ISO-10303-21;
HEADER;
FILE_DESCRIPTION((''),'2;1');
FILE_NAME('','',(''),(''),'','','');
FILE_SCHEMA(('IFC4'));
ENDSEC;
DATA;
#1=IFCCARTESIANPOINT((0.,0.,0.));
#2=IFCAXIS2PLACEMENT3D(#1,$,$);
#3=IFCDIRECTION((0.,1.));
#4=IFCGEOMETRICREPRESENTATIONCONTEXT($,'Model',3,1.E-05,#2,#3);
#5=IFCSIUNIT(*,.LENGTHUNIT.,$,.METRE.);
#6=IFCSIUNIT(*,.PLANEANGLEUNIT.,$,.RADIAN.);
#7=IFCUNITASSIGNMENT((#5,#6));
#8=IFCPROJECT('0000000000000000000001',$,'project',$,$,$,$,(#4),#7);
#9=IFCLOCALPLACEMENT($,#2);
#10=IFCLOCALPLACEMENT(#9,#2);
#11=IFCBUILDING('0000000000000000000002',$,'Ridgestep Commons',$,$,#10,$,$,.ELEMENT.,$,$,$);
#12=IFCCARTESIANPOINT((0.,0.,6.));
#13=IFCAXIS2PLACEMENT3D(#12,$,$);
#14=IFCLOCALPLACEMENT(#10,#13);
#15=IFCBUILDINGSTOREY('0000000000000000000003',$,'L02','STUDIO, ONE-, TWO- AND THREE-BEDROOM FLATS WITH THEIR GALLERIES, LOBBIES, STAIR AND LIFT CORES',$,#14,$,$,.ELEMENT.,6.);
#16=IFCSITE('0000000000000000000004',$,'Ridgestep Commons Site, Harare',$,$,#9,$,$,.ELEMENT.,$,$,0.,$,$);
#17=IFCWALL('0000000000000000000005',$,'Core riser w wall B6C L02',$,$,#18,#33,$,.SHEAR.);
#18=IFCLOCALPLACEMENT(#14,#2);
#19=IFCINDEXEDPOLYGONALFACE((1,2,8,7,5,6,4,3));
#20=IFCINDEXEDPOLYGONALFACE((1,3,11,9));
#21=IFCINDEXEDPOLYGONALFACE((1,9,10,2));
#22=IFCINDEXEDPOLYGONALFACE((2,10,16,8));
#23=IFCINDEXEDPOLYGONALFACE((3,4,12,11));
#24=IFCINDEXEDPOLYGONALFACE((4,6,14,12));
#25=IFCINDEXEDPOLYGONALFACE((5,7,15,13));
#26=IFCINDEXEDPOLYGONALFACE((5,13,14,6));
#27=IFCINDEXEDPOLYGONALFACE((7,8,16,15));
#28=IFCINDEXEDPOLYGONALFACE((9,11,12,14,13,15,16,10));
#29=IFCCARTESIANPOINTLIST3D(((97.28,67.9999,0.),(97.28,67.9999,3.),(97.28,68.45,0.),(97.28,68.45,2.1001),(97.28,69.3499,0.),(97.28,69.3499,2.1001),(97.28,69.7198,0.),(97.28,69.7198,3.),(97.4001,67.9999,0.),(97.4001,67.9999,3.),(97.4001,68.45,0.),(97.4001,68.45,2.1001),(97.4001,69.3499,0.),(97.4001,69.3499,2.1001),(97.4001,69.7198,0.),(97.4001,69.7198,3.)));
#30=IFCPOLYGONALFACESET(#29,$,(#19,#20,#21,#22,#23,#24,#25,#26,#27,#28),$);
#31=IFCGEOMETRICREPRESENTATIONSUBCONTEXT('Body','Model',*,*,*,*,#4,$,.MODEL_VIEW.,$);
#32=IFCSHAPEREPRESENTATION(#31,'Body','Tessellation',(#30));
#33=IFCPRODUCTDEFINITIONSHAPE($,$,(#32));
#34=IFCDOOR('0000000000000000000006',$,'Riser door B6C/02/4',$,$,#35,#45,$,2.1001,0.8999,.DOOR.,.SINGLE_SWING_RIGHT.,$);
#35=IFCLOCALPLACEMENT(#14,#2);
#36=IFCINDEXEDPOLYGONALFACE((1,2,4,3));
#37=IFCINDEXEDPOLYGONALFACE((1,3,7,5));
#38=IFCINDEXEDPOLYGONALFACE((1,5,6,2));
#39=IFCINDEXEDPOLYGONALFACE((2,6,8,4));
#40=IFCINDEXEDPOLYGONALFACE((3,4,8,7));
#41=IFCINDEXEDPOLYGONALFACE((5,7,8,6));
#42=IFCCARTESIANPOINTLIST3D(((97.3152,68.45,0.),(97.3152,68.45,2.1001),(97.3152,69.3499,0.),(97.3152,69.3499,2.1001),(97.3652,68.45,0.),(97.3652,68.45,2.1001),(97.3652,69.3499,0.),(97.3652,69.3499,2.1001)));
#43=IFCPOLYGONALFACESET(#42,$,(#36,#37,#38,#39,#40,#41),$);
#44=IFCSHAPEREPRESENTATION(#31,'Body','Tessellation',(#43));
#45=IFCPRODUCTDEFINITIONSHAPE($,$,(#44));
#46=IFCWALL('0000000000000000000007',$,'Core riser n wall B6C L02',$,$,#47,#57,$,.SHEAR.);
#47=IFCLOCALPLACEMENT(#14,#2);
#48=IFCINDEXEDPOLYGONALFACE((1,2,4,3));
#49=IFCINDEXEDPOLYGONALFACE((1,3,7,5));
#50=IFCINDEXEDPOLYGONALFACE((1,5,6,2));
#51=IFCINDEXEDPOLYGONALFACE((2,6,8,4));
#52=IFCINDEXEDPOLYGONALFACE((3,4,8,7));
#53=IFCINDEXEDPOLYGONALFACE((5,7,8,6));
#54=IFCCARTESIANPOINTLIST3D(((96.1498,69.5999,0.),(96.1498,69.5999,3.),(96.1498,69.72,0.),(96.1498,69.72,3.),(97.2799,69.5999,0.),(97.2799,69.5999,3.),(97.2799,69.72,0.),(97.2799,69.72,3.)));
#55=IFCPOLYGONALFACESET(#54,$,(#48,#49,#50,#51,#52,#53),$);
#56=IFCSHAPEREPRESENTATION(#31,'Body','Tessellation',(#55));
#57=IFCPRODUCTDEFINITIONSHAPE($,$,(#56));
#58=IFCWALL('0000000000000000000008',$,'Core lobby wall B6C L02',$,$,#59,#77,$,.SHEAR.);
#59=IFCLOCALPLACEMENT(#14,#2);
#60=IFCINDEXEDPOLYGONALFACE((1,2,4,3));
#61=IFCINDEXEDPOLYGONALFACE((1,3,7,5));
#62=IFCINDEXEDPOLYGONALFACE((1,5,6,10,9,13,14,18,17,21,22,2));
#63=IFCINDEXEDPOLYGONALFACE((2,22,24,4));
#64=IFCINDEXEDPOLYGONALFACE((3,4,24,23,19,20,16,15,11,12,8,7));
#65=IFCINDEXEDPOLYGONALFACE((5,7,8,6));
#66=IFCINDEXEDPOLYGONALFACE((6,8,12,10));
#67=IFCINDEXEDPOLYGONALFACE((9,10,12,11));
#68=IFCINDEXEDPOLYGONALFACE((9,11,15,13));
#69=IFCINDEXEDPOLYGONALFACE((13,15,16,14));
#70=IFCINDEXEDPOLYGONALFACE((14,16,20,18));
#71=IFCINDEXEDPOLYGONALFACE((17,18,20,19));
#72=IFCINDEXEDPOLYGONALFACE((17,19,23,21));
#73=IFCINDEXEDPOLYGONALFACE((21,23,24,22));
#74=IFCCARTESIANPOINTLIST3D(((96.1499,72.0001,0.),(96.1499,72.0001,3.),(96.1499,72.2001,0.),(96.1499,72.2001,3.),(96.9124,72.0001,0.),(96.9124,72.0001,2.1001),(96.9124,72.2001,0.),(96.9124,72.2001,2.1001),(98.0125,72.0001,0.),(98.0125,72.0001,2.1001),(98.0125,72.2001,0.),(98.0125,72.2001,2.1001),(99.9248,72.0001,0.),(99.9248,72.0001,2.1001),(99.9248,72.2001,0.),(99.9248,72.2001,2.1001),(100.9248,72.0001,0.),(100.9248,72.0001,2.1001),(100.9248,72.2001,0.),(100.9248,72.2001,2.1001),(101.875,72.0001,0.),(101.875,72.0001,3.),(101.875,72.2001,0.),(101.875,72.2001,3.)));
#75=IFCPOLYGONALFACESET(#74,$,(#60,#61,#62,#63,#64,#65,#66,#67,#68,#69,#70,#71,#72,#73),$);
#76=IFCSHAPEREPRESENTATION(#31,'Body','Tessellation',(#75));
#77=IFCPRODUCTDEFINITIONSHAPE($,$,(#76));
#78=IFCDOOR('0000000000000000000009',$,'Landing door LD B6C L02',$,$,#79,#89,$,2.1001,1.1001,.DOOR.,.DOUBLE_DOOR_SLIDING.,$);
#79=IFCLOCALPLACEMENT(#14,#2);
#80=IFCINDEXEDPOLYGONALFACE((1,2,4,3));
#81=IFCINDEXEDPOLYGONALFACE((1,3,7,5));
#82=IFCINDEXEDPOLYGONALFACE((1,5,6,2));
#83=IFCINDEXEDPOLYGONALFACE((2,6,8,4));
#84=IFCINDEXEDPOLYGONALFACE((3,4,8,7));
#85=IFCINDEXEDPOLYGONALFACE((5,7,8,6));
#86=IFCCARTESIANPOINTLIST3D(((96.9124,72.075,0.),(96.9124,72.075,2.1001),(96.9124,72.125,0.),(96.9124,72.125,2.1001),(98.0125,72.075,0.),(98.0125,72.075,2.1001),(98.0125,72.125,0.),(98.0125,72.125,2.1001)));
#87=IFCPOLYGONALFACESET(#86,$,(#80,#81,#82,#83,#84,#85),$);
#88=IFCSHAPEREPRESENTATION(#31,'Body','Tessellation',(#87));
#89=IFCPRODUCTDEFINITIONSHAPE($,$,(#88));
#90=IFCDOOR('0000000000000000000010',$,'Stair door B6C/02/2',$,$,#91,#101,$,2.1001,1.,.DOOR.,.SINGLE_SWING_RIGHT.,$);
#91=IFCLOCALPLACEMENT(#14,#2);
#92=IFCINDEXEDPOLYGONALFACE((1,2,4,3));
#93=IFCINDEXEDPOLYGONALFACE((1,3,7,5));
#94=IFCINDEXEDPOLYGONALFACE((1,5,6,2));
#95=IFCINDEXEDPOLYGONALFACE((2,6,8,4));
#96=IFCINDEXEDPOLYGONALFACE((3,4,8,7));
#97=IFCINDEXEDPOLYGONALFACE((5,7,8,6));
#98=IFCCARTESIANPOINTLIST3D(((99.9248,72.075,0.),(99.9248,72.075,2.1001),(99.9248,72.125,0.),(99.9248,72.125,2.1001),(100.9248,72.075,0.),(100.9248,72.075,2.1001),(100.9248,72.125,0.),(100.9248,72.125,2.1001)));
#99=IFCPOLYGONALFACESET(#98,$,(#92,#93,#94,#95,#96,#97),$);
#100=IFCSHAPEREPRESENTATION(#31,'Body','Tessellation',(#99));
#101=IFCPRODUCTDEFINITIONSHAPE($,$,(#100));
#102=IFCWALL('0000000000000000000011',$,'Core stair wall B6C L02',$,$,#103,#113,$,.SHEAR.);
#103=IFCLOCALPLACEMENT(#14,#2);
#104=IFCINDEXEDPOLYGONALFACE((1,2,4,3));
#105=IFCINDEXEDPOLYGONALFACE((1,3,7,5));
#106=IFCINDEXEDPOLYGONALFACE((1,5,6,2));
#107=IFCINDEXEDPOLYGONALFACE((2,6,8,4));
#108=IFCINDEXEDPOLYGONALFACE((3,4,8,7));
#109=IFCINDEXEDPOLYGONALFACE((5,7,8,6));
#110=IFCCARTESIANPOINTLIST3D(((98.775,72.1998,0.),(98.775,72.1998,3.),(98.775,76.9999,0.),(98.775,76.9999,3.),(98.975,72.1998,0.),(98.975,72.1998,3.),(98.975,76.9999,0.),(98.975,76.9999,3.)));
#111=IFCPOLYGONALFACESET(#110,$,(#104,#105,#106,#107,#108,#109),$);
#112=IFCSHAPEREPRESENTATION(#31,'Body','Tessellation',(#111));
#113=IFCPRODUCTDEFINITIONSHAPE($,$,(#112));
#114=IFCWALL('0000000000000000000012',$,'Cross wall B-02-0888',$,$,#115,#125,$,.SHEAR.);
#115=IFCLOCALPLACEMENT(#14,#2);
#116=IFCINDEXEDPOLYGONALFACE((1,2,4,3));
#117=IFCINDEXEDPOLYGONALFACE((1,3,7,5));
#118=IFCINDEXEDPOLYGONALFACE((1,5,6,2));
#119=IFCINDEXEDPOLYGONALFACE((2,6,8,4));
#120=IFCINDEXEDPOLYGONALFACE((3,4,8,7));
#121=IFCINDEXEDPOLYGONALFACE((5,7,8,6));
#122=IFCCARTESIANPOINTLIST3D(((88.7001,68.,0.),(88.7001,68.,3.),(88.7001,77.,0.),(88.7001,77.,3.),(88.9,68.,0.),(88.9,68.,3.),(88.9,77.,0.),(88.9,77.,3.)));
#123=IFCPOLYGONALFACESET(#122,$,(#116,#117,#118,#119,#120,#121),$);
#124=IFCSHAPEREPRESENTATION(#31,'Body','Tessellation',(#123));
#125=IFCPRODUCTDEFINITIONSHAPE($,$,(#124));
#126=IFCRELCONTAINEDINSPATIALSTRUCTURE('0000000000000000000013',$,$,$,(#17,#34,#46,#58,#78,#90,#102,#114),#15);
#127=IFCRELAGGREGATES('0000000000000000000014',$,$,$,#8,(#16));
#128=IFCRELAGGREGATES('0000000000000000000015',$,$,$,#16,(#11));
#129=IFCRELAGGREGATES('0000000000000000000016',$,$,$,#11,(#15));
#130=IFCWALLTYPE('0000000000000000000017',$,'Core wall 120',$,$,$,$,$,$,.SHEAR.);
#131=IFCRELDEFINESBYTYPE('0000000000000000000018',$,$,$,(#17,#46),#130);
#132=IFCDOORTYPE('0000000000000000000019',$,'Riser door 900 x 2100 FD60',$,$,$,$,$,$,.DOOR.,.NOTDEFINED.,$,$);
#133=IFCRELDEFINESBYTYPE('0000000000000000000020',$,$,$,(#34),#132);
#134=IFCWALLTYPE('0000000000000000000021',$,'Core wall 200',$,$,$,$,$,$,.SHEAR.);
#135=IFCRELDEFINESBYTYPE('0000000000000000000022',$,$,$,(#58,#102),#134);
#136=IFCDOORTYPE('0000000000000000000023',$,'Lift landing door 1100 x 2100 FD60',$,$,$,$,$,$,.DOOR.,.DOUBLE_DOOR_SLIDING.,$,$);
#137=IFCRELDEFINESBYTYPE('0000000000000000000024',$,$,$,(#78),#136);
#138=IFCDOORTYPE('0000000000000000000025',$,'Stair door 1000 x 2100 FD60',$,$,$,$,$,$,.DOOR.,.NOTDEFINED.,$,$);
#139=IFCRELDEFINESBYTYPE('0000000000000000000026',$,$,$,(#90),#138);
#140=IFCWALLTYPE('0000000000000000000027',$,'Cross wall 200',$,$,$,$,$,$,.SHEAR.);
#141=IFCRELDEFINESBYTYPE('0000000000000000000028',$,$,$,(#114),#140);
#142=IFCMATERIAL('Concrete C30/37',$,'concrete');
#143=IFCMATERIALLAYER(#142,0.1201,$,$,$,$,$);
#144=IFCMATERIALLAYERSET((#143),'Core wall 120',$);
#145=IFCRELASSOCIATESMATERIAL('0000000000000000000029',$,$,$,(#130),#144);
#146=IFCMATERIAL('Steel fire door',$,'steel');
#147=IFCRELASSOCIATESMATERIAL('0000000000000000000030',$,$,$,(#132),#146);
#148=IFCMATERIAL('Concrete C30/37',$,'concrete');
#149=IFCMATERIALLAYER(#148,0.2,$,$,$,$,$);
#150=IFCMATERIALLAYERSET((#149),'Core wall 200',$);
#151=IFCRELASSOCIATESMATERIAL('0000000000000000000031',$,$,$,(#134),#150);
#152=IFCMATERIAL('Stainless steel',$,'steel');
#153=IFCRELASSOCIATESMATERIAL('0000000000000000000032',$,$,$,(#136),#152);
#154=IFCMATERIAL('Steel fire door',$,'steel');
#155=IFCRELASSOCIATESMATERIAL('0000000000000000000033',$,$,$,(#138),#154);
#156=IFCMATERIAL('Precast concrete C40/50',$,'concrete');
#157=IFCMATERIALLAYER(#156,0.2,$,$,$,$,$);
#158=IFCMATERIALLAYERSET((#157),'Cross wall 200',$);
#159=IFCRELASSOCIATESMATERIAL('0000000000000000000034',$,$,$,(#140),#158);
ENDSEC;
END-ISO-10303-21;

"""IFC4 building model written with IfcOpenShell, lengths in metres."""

from ifc_helpers import new_model, si_unit, direction, frame, frame_2d, origin, place, context, subcontext, project, spatial, rectangle, extrude, material, layer, layer_set, type_object, element, fill, save


model = new_model("IFC4")

# Units and contexts
model_context = context("Model", 3, precision=1e-05, world=origin(), true_north=direction((0.0, 1.0)))
body_context = subcontext(model_context, "Body", "Model", "MODEL_VIEW")
ifc_project = project(units=[si_unit("LENGTHUNIT", "METRE"), si_unit("PLANEANGLEUNIT", "RADIAN")], contexts=[model_context])

# Site, building, storey
site_placement = place(None, origin())
site = spatial("IfcSite", under=ifc_project, at=site_placement, Name="Ridgestep Commons Site, Harare", CompositionType="ELEMENT", RefElevation=0.0)
building_placement = place(site_placement, origin())
building = spatial("IfcBuilding", under=site, at=building_placement, Name="Ridgestep Commons", CompositionType="ELEMENT")
storey_placement = place(building_placement, frame((0.0, 0.0, 6.0)))
storey = spatial("IfcBuildingStorey", under=building, at=storey_placement, Name="L02", Description="STUDIO, ONE-, TWO- AND THREE-BEDROOM FLATS WITH THEIR GALLERIES, LOBBIES, STAIR AND LIFT CORES", CompositionType="ELEMENT", Elevation=6.0)

# Wall, opening, door
ifc_material_1 = material(Name="Concrete C30/37", Category="concrete")
ifc_layer_1 = layer(ifc_material_1, 0.1201)
ifc_layer_set_1 = layer_set([ifc_layer_1], Name="Core wall 120")
wall_type_1 = type_object("IfcWallType", Name="Core wall 120", PredefinedType="SHEAR", material=ifc_layer_set_1)
wall_1_placement = place(storey_placement, frame((97.3401, 68.0, 0.0), z_axis=(0.0, 0.0, 1.0), x_axis=(0.0, 1.0, 0.0)))
wall_1 = element("IfcWall", 1, at=wall_1_placement, inside=storey, type_object=wall_type_1, Name="Core riser w wall B6C L02", PredefinedType="SHEAR", context=body_context, shape_type="SweptSolid", body=[
    extrude(rectangle(XDim=1.72, YDim=0.1201, at=frame_2d((0.8599, 0.0))), origin(), (0.0, 0.0, 1.0), 3.0),
])
opening_1_placement = place(wall_1_placement, frame((0.45, 0.0, 0.0)))
opening_1 = element("IfcOpeningElement", 2, at=opening_1_placement, cuts=wall_1, PredefinedType="OPENING", context=body_context, shape_type="SweptSolid", body=[
    extrude(rectangle(XDim=0.8999, YDim=2.1001, at=frame_2d((0.45, 1.05))), frame((0.0, 0.0701, 0.0), z_axis=(0.0, -1.0, 0.0), x_axis=(1.0, 0.0, 0.0)), (0.0, 0.0, 1.0), 0.1401),
])
ifc_material_2 = material(Name="Steel fire door", Category="steel")
door_type_1 = type_object("IfcDoorType", Name="Riser door 900 x 2100 FD60", OperationType="NOTDEFINED", PredefinedType="DOOR", material=ifc_material_2)
door_1_placement = place(opening_1_placement, origin())
door_1 = element("IfcDoor", 3, at=door_1_placement, inside=storey, type_object=door_type_1, Name="Riser door B6C/02/4", OperationType="SINGLE_SWING_RIGHT", OverallHeight=2.1001, OverallWidth=0.8999, PredefinedType="DOOR", context=body_context, shape_type="SweptSolid", body=[
    extrude(rectangle(XDim=0.8999, YDim=2.1001, at=frame_2d((0.45, 1.05))), frame((0.0, 0.0249, 0.0), z_axis=(0.0, -1.0, 0.0), x_axis=(1.0, 0.0, 0.0)), (0.0, 0.0, 1.0), 0.05),
])
fill(opening_1, door_1)

# Wall
wall_2_placement = place(storey_placement, frame((96.1499, 69.6599, 0.0), z_axis=(0.0, 0.0, 1.0), x_axis=(1.0, 0.0, 0.0)))
element("IfcWall", 4, at=wall_2_placement, inside=storey, type_object=wall_type_1, Name="Core riser n wall B6C L02", PredefinedType="SHEAR", context=body_context, shape_type="SweptSolid", body=[
    extrude(rectangle(XDim=1.1301, YDim=0.1201, at=frame_2d((0.5649, 0.0))), origin(), (0.0, 0.0, 1.0), 3.0),
])

# Wall, openings, doors
ifc_material_3 = material(Name="Concrete C30/37", Category="concrete")
ifc_layer_2 = layer(ifc_material_3, 0.2)
ifc_layer_set_2 = layer_set([ifc_layer_2], Name="Core wall 200")
wall_type_2 = type_object("IfcWallType", Name="Core wall 200", PredefinedType="SHEAR", material=ifc_layer_set_2)
wall_3_placement = place(storey_placement, frame((96.1499, 72.1001, 0.0), z_axis=(0.0, 0.0, 1.0), x_axis=(1.0, 0.0, 0.0)))
wall_3 = element("IfcWall", 5, at=wall_3_placement, inside=storey, type_object=wall_type_2, Name="Core lobby wall B6C L02", PredefinedType="SHEAR", context=body_context, shape_type="SweptSolid", body=[
    extrude(rectangle(XDim=5.7251, YDim=0.2, at=frame_2d((2.8625, 0.0))), origin(), (0.0, 0.0, 1.0), 3.0),
])
opening_2_placement = place(wall_3_placement, frame((3.7749, 0.0, 0.0)))
opening_2 = element("IfcOpeningElement", 6, at=opening_2_placement, cuts=wall_3, PredefinedType="OPENING", context=body_context, shape_type="SweptSolid", body=[
    extrude(rectangle(XDim=1.0, YDim=2.1001, at=frame_2d((0.5, 1.05))), frame((0.0, 0.1099, 0.0), z_axis=(0.0, -1.0, 0.0), x_axis=(1.0, 0.0, 0.0)), (0.0, 0.0, 1.0), 0.22),
])
opening_3_placement = place(wall_3_placement, frame((0.7625, 0.0, 0.0)))
opening_3 = element("IfcOpeningElement", 7, at=opening_3_placement, cuts=wall_3, PredefinedType="OPENING", context=body_context, shape_type="SweptSolid", body=[
    extrude(rectangle(XDim=1.1001, YDim=2.1001, at=frame_2d((0.55, 1.05))), frame((0.0, 0.1099, 0.0), z_axis=(0.0, -1.0, 0.0), x_axis=(1.0, 0.0, 0.0)), (0.0, 0.0, 1.0), 0.22),
])
ifc_material_4 = material(Name="Stainless steel", Category="steel")
door_type_2 = type_object("IfcDoorType", Name="Lift landing door 1100 x 2100 FD60", OperationType="DOUBLE_DOOR_SLIDING", PredefinedType="DOOR", material=ifc_material_4)
door_2_placement = place(opening_3_placement, origin())
door_2 = element("IfcDoor", 8, at=door_2_placement, inside=storey, type_object=door_type_2, Name="Landing door LD B6C L02", OperationType="DOUBLE_DOOR_SLIDING", OverallHeight=2.1001, OverallWidth=1.1001, PredefinedType="DOOR", context=body_context, shape_type="SweptSolid", body=[
    extrude(rectangle(XDim=1.1001, YDim=2.1001, at=frame_2d((0.55, 1.05))), frame((0.0, 0.0249, 0.0), z_axis=(0.0, -1.0, 0.0), x_axis=(1.0, 0.0, 0.0)), (0.0, 0.0, 1.0), 0.05),
])
fill(opening_3, door_2)
ifc_material_5 = material(Name="Steel fire door", Category="steel")
door_type_3 = type_object("IfcDoorType", Name="Stair door 1000 x 2100 FD60", OperationType="NOTDEFINED", PredefinedType="DOOR", material=ifc_material_5)
door_3_placement = place(opening_2_placement, origin())
door_3 = element("IfcDoor", 9, at=door_3_placement, inside=storey, type_object=door_type_3, Name="Stair door B6C/02/2", OperationType="SINGLE_SWING_RIGHT", OverallHeight=2.1001, OverallWidth=1.0, PredefinedType="DOOR", context=body_context, shape_type="SweptSolid", body=[
    extrude(rectangle(XDim=1.0, YDim=2.1001, at=frame_2d((0.5, 1.05))), frame((0.0, 0.0249, 0.0), z_axis=(0.0, -1.0, 0.0), x_axis=(1.0, 0.0, 0.0)), (0.0, 0.0, 1.0), 0.05),
])
fill(opening_2, door_3)

# Walls
wall_4_placement = place(storey_placement, frame((98.875, 72.2, 0.0), z_axis=(0.0, 0.0, 1.0), x_axis=(0.0, 1.0, 0.0)))
element("IfcWall", 10, at=wall_4_placement, inside=storey, type_object=wall_type_2, Name="Core stair wall B6C L02", PredefinedType="SHEAR", context=body_context, shape_type="SweptSolid", body=[
    extrude(rectangle(XDim=4.8, YDim=0.2, at=frame_2d((2.3999, 0.0))), origin(), (0.0, 0.0, 1.0), 3.0),
])
ifc_material_6 = material(Name="Precast concrete C40/50", Category="concrete")
ifc_layer_3 = layer(ifc_material_6, 0.2)
ifc_layer_set_3 = layer_set([ifc_layer_3], Name="Cross wall 200")
wall_type_3 = type_object("IfcWallType", Name="Cross wall 200", PredefinedType="SHEAR", material=ifc_layer_set_3)
wall_5_placement = place(storey_placement, frame((88.8, 68.0, 0.0), z_axis=(0.0, 0.0, 1.0), x_axis=(0.0, 1.0, 0.0)))
element("IfcWall", 11, at=wall_5_placement, inside=storey, type_object=wall_type_3, Name="Cross wall B-02-0888", PredefinedType="SHEAR", context=body_context, shape_type="SweptSolid", body=[
    extrude(rectangle(XDim=9.0, YDim=0.2, at=frame_2d((4.5, 0.0))), origin(), (0.0, 0.0, 1.0), 3.0),
])

save(model, "model.ifc")
